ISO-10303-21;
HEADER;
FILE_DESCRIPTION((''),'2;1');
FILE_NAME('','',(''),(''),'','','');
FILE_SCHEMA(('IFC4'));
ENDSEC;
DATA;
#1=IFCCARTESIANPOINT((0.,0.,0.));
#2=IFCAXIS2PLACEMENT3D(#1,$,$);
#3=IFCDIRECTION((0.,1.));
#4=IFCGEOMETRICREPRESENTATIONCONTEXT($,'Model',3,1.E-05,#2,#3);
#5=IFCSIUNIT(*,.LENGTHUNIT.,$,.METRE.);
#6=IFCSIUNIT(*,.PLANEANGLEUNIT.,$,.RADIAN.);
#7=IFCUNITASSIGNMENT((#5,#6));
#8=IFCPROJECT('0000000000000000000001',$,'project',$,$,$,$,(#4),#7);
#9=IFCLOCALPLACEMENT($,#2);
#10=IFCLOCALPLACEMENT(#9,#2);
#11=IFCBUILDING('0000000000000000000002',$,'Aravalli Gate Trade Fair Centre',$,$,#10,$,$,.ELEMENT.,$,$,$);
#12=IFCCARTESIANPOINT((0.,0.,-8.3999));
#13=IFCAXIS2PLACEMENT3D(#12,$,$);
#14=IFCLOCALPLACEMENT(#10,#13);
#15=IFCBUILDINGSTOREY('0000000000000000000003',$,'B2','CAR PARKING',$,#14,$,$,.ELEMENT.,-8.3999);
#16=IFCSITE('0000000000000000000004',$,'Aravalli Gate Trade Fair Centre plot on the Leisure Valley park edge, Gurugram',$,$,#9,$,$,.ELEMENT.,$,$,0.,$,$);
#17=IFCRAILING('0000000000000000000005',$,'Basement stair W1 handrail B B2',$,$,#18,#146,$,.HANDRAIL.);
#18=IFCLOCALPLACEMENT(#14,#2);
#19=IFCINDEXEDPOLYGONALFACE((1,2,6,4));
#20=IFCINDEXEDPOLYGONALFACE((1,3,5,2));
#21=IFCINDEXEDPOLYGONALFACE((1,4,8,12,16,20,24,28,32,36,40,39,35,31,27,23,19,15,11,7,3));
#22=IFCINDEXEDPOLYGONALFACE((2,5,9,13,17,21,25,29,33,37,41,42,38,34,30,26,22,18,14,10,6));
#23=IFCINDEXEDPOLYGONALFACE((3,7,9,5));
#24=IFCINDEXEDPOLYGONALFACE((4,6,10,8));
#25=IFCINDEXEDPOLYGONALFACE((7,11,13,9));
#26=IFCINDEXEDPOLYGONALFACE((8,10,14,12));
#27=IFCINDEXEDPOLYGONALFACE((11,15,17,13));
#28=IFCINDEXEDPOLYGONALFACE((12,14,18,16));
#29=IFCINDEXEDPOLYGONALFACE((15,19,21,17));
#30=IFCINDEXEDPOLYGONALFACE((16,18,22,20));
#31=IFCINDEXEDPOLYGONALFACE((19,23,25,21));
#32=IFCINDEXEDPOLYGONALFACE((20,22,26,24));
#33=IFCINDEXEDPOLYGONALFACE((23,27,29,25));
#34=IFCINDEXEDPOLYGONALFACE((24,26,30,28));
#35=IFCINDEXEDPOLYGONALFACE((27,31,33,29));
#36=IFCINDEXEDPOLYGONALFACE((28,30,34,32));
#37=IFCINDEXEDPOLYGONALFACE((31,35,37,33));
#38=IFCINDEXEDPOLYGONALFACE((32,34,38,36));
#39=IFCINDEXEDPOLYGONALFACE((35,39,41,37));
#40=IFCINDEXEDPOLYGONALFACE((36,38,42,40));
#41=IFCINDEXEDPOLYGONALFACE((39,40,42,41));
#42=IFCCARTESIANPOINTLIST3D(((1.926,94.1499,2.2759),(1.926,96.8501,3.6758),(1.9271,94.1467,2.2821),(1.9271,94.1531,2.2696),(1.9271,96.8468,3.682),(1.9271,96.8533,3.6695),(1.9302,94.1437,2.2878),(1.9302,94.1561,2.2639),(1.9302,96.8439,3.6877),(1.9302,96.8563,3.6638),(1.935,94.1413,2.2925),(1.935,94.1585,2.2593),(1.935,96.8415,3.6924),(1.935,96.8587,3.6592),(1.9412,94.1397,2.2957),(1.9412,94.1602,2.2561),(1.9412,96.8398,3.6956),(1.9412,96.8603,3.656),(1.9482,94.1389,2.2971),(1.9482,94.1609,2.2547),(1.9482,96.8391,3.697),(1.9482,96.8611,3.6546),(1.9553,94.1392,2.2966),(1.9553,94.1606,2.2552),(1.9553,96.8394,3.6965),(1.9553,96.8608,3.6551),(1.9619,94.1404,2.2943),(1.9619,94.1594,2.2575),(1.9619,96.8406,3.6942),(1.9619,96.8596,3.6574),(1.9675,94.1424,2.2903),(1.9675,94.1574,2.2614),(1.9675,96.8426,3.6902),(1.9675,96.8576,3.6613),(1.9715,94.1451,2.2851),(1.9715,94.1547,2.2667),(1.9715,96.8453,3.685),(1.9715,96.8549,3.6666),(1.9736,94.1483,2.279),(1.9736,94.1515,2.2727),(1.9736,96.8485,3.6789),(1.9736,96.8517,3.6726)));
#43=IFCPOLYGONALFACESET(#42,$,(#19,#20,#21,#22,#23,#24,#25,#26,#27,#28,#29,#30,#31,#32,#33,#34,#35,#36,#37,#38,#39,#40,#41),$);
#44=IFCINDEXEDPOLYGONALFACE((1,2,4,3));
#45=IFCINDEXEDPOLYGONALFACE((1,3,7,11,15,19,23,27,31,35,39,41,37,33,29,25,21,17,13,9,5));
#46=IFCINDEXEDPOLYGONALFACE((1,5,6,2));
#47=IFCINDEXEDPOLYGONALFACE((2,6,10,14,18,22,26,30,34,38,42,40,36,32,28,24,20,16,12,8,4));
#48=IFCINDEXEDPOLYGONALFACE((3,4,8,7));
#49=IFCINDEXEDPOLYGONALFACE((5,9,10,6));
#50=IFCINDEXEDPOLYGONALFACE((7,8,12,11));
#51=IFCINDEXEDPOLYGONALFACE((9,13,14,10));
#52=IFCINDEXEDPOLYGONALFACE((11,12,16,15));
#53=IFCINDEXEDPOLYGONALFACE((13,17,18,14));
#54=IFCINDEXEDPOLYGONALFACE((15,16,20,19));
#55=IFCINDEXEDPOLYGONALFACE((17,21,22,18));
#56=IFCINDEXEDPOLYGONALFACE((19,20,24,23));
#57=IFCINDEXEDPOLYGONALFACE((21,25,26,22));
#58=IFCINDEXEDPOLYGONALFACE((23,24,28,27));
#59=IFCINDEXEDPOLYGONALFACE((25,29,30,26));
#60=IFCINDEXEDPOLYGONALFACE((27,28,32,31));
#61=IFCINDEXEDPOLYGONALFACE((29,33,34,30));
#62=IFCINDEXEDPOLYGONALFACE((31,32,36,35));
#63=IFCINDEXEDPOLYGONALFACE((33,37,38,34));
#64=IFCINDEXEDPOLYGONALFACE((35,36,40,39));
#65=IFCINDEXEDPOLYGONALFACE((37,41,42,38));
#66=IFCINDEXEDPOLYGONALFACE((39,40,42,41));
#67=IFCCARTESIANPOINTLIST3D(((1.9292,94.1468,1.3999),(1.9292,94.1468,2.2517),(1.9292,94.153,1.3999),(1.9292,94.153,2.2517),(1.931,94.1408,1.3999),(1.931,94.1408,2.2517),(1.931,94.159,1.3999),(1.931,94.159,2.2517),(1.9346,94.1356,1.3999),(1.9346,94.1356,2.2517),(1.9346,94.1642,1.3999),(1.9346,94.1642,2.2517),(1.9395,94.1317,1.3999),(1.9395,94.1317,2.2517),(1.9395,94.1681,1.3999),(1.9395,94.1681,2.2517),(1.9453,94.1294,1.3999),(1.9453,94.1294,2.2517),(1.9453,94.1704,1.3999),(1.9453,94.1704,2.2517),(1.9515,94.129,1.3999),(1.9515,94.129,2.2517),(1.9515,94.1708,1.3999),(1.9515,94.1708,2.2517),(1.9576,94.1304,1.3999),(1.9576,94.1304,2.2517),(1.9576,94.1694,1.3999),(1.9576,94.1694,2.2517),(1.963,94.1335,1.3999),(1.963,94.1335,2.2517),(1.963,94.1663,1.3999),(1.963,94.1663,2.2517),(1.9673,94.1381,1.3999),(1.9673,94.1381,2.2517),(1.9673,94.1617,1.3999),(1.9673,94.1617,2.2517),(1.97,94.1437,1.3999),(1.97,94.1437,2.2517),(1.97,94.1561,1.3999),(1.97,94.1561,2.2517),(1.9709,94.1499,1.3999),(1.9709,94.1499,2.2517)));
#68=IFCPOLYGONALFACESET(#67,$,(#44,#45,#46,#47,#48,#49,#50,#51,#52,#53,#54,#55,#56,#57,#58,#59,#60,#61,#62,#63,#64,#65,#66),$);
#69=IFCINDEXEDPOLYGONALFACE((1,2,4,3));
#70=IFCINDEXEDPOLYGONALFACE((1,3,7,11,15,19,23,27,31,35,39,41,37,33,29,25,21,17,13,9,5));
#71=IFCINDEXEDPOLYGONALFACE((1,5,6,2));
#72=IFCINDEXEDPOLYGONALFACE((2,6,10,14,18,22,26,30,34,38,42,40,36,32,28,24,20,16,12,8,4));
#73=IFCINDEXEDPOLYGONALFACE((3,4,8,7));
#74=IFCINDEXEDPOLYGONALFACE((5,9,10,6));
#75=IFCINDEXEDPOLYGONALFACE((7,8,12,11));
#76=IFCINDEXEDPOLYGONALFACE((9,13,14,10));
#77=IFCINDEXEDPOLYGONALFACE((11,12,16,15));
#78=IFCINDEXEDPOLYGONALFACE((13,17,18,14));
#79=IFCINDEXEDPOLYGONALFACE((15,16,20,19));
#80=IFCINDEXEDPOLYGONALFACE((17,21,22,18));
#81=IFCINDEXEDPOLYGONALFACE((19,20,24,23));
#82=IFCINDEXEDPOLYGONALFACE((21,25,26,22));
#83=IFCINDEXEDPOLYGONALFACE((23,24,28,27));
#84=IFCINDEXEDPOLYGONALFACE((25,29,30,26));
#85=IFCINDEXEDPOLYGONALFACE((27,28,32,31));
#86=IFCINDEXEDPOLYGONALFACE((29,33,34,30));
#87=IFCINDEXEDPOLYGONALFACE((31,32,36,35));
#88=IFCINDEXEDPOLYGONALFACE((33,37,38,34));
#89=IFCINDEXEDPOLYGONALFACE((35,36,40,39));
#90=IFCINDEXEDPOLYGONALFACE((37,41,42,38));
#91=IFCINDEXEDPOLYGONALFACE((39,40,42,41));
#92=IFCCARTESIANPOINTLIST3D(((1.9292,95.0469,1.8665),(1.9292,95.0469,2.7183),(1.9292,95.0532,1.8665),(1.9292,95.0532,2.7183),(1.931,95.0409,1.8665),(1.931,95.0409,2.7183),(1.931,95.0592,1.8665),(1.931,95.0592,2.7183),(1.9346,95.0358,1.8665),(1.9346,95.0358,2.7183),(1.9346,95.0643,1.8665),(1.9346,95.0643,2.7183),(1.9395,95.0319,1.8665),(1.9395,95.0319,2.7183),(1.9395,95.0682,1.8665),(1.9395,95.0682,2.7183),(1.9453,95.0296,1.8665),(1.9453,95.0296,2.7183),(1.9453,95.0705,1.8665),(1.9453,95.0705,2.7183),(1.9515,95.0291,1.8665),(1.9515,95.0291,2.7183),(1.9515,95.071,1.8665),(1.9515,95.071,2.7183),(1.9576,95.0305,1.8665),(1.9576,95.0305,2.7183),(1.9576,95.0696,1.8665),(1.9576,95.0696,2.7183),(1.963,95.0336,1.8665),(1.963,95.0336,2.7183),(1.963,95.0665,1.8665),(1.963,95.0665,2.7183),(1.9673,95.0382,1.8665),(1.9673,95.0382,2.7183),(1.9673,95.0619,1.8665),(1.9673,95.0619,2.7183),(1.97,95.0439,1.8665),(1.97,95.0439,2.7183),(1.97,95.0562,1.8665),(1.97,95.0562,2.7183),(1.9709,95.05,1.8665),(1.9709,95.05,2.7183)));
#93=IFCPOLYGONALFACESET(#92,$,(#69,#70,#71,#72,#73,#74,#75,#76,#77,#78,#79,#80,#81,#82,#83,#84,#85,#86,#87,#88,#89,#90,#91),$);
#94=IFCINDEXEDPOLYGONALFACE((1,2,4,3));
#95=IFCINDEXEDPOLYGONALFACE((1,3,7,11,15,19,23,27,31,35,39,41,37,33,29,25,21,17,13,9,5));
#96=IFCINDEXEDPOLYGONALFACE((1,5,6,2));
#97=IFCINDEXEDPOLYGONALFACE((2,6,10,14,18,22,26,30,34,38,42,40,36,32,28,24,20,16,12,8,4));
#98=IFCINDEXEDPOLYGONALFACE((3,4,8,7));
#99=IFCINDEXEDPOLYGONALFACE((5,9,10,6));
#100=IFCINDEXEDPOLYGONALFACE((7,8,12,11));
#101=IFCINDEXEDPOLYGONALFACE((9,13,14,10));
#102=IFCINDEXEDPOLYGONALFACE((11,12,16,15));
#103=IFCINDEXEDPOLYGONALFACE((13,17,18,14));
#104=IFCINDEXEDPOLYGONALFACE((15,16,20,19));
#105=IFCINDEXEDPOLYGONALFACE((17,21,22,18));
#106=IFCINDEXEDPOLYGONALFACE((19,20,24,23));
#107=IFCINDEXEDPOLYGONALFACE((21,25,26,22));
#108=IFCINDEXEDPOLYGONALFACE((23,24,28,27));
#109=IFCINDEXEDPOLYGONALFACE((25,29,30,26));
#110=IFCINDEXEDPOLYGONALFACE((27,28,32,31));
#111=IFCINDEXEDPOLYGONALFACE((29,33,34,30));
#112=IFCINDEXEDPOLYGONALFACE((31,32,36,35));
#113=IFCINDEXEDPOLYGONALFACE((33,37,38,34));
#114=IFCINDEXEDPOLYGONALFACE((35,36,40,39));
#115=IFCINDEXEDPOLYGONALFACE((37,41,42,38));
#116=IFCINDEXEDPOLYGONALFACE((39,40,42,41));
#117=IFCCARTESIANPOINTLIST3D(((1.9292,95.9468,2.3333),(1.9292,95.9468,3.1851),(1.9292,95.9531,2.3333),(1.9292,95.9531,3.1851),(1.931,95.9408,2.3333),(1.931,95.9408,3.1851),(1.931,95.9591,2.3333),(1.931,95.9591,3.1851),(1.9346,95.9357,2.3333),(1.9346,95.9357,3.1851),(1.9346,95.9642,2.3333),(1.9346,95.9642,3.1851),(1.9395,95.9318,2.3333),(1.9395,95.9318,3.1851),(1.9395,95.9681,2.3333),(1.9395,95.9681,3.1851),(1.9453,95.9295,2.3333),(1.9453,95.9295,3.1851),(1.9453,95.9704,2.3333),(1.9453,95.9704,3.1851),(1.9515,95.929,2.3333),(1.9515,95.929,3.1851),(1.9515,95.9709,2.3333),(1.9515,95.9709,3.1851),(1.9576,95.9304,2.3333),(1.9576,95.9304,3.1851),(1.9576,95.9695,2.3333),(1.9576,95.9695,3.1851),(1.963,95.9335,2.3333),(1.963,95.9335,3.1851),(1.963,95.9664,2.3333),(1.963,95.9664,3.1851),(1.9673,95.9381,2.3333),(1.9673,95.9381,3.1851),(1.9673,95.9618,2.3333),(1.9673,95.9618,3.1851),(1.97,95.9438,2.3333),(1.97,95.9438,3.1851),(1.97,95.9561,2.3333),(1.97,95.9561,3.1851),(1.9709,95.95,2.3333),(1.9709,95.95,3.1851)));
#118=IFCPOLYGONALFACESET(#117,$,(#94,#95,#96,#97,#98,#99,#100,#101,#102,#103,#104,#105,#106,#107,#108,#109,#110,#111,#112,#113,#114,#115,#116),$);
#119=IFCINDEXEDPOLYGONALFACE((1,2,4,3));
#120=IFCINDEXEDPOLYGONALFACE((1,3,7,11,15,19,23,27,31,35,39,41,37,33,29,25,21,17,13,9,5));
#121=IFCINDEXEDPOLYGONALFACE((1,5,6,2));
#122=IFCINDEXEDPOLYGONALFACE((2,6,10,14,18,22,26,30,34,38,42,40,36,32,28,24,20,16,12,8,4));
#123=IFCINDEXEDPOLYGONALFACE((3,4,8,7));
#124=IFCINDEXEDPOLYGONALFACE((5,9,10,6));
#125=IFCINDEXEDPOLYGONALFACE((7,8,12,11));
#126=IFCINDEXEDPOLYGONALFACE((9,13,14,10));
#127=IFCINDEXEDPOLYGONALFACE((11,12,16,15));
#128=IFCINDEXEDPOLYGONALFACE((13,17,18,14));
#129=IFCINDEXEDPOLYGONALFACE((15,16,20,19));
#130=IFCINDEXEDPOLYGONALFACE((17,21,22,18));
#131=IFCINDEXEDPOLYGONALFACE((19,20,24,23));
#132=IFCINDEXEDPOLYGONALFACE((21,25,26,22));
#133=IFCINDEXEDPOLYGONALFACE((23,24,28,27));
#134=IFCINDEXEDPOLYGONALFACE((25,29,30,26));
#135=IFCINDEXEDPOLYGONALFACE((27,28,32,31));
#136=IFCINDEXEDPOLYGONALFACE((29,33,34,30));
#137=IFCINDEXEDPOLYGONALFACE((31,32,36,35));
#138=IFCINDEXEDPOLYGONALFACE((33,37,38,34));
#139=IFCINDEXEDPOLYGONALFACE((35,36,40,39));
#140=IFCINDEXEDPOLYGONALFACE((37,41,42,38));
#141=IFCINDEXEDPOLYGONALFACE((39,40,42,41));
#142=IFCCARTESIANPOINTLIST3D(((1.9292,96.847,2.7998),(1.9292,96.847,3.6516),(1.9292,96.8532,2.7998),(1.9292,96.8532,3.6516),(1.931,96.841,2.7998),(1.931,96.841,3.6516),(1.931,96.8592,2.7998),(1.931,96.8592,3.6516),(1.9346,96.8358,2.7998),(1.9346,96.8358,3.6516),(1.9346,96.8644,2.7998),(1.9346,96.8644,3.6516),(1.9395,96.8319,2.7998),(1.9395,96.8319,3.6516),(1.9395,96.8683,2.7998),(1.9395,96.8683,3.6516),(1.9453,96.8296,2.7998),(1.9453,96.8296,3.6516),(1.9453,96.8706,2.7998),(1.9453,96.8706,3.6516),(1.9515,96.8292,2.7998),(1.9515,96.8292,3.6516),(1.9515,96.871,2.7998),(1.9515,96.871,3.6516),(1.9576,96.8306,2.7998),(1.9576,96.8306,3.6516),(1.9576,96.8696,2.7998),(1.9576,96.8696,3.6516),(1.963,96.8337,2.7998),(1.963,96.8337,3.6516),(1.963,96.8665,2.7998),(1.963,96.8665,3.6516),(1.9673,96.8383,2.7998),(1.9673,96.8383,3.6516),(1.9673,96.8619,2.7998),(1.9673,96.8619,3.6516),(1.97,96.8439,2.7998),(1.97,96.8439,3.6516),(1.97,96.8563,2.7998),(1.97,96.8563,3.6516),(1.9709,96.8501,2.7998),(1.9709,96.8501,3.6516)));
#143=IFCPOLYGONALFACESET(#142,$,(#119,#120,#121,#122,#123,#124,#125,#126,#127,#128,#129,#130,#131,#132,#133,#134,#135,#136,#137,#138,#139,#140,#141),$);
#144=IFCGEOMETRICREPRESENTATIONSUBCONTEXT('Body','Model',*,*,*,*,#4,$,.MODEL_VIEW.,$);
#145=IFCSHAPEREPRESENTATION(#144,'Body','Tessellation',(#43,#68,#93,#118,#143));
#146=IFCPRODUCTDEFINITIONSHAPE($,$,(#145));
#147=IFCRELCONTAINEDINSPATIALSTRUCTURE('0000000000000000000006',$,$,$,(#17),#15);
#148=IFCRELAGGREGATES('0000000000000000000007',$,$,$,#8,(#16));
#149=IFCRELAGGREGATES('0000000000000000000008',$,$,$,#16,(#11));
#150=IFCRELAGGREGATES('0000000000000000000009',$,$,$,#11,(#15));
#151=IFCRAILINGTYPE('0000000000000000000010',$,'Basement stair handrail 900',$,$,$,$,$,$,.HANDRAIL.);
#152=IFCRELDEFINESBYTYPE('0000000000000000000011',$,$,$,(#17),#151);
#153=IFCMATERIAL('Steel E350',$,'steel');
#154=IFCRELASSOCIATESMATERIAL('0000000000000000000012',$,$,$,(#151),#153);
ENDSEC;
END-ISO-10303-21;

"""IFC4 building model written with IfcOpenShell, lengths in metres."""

from ifc_helpers import new_model, si_unit, direction, frame, origin, origin_2d, place, context, subcontext, project, spatial, circle, extrude, material, type_object, element, save


model = new_model("IFC4")

# Units and contexts
model_context = context("Model", 3, precision=1e-05, world=origin(), true_north=direction((0.0, 1.0)))
body_context = subcontext(model_context, "Body", "Model", "MODEL_VIEW")
ifc_project = project(units=[si_unit("LENGTHUNIT", "METRE"), si_unit("PLANEANGLEUNIT", "RADIAN")], contexts=[model_context])

# Site, building, storey
site_placement = place(None, origin())
site = spatial("IfcSite", under=ifc_project, at=site_placement, Name="Aravalli Gate Trade Fair Centre plot on the Leisure Valley park edge, Gurugram", CompositionType="ELEMENT", RefElevation=0.0)
building_placement = place(site_placement, origin())
building = spatial("IfcBuilding", under=site, at=building_placement, Name="Aravalli Gate Trade Fair Centre", CompositionType="ELEMENT")
storey_placement = place(building_placement, frame((0.0, 0.0, -8.3999)))
storey = spatial("IfcBuildingStorey", under=building, at=storey_placement, Name="B2", Description="CAR PARKING", CompositionType="ELEMENT", Elevation=-8.3999)

# Railing
ifc_material_1 = material(Name="Steel E350", Category="steel")
railing_type_1 = type_object("IfcRailingType", Name="Basement stair handrail 900", PredefinedType="HANDRAIL", material=ifc_material_1)
railing_1_placement = place(storey_placement, frame((1.95, 94.1499, 1.3999)))
element("IfcRailing", 1, at=railing_1_placement, inside=storey, type_object=railing_type_1, Name="Basement stair W1 handrail B B2", PredefinedType="HANDRAIL", context=body_context, shape_type="SweptSolid", body=[
    extrude(circle(Radius=0.0239, at=origin_2d()), frame((0.0, 0.0, 0.876), z_axis=(0.0, 0.887781, 0.460266), x_axis=(-1.0, 0.0, 0.0)), (0.0, 0.0, 1.0), 3.0415),
    extrude(circle(Radius=0.021, at=origin_2d()), origin(), (0.0, 0.0, 1.0), 0.8518),
    extrude(circle(Radius=0.021, at=origin_2d()), frame((0.0, 0.9001, 0.4666)), (0.0, 0.0, 1.0), 0.8518),
    extrude(circle(Radius=0.021, at=origin_2d()), frame((0.0, 1.8, 0.9333)), (0.0, 0.0, 1.0), 0.8518),
    extrude(circle(Radius=0.021, at=origin_2d()), frame((0.0, 2.7002, 1.3999)), (0.0, 0.0, 1.0), 0.8518),
])

save(model, "model.ifc")
